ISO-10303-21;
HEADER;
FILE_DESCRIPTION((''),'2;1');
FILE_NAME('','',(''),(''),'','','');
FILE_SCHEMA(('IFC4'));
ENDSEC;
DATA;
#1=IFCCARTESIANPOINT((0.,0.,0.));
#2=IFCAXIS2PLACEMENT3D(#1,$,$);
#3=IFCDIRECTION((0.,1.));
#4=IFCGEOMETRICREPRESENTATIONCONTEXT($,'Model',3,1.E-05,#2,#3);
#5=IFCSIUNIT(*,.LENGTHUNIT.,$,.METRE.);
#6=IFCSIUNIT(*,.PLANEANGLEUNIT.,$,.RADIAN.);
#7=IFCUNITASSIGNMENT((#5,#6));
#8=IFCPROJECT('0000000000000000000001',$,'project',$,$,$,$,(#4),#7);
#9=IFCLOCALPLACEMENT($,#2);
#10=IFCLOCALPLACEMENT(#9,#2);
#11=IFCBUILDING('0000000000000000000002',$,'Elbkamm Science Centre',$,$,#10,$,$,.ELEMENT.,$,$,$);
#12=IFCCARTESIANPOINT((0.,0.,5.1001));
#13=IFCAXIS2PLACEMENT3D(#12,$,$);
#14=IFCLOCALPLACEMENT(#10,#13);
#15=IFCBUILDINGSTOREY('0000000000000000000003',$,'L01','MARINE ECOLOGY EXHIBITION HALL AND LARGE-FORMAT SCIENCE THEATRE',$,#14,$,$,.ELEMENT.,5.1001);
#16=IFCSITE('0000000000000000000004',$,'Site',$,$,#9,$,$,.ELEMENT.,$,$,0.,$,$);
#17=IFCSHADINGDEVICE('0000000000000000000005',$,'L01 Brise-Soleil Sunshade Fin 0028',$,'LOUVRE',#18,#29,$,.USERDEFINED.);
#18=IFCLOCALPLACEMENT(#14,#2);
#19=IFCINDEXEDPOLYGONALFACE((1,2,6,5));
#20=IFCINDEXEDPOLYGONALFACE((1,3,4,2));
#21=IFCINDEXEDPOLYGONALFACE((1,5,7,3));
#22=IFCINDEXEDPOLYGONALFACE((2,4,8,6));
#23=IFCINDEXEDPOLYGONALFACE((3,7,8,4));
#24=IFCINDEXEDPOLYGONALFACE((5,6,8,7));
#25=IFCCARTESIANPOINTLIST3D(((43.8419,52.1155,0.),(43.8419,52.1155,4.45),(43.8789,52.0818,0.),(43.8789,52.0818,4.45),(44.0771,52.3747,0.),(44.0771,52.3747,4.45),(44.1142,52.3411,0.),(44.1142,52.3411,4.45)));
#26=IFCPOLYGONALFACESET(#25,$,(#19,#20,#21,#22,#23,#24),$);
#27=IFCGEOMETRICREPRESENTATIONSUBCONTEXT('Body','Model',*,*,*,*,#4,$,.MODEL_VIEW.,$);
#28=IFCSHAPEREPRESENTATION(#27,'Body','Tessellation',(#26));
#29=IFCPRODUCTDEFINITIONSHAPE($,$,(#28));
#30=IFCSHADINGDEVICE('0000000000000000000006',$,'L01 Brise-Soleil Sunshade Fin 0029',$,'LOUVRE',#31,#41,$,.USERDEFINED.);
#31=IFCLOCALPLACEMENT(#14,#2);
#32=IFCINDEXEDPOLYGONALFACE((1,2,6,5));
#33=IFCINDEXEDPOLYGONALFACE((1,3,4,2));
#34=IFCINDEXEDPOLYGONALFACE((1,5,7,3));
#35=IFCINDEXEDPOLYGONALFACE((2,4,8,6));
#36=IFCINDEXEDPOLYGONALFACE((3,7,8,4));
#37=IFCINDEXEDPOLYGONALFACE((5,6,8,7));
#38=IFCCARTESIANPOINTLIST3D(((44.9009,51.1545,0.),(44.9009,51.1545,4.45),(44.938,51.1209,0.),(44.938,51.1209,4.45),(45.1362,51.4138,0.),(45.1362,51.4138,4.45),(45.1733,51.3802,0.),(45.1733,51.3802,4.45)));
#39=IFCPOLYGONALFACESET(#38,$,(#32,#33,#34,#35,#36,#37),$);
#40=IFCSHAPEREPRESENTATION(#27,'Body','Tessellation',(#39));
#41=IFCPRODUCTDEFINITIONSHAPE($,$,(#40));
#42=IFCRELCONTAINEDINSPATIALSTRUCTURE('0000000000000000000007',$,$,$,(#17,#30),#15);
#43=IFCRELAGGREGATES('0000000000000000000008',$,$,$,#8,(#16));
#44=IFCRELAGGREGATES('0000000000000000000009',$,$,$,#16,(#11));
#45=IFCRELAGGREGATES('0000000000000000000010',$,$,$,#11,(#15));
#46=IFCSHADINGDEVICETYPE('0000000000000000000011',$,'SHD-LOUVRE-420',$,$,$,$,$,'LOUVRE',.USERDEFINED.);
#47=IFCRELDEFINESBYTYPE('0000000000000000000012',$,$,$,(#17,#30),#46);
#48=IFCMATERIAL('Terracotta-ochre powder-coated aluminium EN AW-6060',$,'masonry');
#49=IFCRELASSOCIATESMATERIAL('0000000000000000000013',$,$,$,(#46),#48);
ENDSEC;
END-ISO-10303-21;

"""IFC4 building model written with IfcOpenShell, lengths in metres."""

from ifc_helpers import new_model, si_unit, direction, frame, origin, origin_2d, place, context, subcontext, project, spatial, rectangle, extrude, material, type_object, element, save


model = new_model("IFC4")

# Units and contexts
model_context = context("Model", 3, precision=1e-05, world=origin(), true_north=direction((0.0, 1.0)))
body_context = subcontext(model_context, "Body", "Model", "MODEL_VIEW")
ifc_project = project(units=[si_unit("LENGTHUNIT", "METRE"), si_unit("PLANEANGLEUNIT", "RADIAN")], contexts=[model_context])

# Site, building, storey
site_placement = place(None, origin())
site = spatial("IfcSite", under=ifc_project, at=site_placement, Name="Site", CompositionType="ELEMENT", RefElevation=0.0)
building_placement = place(site_placement, origin())
building = spatial("IfcBuilding", under=site, at=building_placement, Name="Elbkamm Science Centre", CompositionType="ELEMENT")
storey_placement = place(building_placement, frame((0.0, 0.0, 5.1001)))
storey = spatial("IfcBuildingStorey", under=building, at=storey_placement, Name="L01", Description="MARINE ECOLOGY EXHIBITION HALL AND LARGE-FORMAT SCIENCE THEATRE", CompositionType="ELEMENT", Elevation=5.1001)

# Shading devices
ifc_material_1 = material(Name="Terracotta-ochre powder-coated aluminium EN AW-6060", Category="masonry")
shading_device_type = type_object("IfcShadingDeviceType", Name="SHD-LOUVRE-420", ElementType="LOUVRE", PredefinedType="USERDEFINED", material=ifc_material_1)
for number, where, z_axis, x_axis, name in (
    (1, (43.978, 52.2283, 0.0), (0.0, 0.0, 1.0), (-0.671993, -0.740557, 0.0), "L01 Brise-Soleil Sunshade Fin 0028"),
    (2, (45.0371, 51.2673, 0.0), (0.0, 0.0, 1.0), (-0.671993, -0.740557, 0.0), "L01 Brise-Soleil Sunshade Fin 0029"),
):
    element("IfcShadingDevice", number, at=place(storey_placement, frame(where, z_axis=z_axis, x_axis=x_axis)), inside=storey, type_object=shading_device_type, Name=name, ObjectType="LOUVRE", PredefinedType="USERDEFINED", context=body_context, shape_type="SweptSolid", body=[
        extrude(rectangle(XDim=0.3501, YDim=0.05, at=origin_2d()), origin(), (0.0, 0.0, 1.0), 4.45),
    ])

save(model, "model.ifc")
